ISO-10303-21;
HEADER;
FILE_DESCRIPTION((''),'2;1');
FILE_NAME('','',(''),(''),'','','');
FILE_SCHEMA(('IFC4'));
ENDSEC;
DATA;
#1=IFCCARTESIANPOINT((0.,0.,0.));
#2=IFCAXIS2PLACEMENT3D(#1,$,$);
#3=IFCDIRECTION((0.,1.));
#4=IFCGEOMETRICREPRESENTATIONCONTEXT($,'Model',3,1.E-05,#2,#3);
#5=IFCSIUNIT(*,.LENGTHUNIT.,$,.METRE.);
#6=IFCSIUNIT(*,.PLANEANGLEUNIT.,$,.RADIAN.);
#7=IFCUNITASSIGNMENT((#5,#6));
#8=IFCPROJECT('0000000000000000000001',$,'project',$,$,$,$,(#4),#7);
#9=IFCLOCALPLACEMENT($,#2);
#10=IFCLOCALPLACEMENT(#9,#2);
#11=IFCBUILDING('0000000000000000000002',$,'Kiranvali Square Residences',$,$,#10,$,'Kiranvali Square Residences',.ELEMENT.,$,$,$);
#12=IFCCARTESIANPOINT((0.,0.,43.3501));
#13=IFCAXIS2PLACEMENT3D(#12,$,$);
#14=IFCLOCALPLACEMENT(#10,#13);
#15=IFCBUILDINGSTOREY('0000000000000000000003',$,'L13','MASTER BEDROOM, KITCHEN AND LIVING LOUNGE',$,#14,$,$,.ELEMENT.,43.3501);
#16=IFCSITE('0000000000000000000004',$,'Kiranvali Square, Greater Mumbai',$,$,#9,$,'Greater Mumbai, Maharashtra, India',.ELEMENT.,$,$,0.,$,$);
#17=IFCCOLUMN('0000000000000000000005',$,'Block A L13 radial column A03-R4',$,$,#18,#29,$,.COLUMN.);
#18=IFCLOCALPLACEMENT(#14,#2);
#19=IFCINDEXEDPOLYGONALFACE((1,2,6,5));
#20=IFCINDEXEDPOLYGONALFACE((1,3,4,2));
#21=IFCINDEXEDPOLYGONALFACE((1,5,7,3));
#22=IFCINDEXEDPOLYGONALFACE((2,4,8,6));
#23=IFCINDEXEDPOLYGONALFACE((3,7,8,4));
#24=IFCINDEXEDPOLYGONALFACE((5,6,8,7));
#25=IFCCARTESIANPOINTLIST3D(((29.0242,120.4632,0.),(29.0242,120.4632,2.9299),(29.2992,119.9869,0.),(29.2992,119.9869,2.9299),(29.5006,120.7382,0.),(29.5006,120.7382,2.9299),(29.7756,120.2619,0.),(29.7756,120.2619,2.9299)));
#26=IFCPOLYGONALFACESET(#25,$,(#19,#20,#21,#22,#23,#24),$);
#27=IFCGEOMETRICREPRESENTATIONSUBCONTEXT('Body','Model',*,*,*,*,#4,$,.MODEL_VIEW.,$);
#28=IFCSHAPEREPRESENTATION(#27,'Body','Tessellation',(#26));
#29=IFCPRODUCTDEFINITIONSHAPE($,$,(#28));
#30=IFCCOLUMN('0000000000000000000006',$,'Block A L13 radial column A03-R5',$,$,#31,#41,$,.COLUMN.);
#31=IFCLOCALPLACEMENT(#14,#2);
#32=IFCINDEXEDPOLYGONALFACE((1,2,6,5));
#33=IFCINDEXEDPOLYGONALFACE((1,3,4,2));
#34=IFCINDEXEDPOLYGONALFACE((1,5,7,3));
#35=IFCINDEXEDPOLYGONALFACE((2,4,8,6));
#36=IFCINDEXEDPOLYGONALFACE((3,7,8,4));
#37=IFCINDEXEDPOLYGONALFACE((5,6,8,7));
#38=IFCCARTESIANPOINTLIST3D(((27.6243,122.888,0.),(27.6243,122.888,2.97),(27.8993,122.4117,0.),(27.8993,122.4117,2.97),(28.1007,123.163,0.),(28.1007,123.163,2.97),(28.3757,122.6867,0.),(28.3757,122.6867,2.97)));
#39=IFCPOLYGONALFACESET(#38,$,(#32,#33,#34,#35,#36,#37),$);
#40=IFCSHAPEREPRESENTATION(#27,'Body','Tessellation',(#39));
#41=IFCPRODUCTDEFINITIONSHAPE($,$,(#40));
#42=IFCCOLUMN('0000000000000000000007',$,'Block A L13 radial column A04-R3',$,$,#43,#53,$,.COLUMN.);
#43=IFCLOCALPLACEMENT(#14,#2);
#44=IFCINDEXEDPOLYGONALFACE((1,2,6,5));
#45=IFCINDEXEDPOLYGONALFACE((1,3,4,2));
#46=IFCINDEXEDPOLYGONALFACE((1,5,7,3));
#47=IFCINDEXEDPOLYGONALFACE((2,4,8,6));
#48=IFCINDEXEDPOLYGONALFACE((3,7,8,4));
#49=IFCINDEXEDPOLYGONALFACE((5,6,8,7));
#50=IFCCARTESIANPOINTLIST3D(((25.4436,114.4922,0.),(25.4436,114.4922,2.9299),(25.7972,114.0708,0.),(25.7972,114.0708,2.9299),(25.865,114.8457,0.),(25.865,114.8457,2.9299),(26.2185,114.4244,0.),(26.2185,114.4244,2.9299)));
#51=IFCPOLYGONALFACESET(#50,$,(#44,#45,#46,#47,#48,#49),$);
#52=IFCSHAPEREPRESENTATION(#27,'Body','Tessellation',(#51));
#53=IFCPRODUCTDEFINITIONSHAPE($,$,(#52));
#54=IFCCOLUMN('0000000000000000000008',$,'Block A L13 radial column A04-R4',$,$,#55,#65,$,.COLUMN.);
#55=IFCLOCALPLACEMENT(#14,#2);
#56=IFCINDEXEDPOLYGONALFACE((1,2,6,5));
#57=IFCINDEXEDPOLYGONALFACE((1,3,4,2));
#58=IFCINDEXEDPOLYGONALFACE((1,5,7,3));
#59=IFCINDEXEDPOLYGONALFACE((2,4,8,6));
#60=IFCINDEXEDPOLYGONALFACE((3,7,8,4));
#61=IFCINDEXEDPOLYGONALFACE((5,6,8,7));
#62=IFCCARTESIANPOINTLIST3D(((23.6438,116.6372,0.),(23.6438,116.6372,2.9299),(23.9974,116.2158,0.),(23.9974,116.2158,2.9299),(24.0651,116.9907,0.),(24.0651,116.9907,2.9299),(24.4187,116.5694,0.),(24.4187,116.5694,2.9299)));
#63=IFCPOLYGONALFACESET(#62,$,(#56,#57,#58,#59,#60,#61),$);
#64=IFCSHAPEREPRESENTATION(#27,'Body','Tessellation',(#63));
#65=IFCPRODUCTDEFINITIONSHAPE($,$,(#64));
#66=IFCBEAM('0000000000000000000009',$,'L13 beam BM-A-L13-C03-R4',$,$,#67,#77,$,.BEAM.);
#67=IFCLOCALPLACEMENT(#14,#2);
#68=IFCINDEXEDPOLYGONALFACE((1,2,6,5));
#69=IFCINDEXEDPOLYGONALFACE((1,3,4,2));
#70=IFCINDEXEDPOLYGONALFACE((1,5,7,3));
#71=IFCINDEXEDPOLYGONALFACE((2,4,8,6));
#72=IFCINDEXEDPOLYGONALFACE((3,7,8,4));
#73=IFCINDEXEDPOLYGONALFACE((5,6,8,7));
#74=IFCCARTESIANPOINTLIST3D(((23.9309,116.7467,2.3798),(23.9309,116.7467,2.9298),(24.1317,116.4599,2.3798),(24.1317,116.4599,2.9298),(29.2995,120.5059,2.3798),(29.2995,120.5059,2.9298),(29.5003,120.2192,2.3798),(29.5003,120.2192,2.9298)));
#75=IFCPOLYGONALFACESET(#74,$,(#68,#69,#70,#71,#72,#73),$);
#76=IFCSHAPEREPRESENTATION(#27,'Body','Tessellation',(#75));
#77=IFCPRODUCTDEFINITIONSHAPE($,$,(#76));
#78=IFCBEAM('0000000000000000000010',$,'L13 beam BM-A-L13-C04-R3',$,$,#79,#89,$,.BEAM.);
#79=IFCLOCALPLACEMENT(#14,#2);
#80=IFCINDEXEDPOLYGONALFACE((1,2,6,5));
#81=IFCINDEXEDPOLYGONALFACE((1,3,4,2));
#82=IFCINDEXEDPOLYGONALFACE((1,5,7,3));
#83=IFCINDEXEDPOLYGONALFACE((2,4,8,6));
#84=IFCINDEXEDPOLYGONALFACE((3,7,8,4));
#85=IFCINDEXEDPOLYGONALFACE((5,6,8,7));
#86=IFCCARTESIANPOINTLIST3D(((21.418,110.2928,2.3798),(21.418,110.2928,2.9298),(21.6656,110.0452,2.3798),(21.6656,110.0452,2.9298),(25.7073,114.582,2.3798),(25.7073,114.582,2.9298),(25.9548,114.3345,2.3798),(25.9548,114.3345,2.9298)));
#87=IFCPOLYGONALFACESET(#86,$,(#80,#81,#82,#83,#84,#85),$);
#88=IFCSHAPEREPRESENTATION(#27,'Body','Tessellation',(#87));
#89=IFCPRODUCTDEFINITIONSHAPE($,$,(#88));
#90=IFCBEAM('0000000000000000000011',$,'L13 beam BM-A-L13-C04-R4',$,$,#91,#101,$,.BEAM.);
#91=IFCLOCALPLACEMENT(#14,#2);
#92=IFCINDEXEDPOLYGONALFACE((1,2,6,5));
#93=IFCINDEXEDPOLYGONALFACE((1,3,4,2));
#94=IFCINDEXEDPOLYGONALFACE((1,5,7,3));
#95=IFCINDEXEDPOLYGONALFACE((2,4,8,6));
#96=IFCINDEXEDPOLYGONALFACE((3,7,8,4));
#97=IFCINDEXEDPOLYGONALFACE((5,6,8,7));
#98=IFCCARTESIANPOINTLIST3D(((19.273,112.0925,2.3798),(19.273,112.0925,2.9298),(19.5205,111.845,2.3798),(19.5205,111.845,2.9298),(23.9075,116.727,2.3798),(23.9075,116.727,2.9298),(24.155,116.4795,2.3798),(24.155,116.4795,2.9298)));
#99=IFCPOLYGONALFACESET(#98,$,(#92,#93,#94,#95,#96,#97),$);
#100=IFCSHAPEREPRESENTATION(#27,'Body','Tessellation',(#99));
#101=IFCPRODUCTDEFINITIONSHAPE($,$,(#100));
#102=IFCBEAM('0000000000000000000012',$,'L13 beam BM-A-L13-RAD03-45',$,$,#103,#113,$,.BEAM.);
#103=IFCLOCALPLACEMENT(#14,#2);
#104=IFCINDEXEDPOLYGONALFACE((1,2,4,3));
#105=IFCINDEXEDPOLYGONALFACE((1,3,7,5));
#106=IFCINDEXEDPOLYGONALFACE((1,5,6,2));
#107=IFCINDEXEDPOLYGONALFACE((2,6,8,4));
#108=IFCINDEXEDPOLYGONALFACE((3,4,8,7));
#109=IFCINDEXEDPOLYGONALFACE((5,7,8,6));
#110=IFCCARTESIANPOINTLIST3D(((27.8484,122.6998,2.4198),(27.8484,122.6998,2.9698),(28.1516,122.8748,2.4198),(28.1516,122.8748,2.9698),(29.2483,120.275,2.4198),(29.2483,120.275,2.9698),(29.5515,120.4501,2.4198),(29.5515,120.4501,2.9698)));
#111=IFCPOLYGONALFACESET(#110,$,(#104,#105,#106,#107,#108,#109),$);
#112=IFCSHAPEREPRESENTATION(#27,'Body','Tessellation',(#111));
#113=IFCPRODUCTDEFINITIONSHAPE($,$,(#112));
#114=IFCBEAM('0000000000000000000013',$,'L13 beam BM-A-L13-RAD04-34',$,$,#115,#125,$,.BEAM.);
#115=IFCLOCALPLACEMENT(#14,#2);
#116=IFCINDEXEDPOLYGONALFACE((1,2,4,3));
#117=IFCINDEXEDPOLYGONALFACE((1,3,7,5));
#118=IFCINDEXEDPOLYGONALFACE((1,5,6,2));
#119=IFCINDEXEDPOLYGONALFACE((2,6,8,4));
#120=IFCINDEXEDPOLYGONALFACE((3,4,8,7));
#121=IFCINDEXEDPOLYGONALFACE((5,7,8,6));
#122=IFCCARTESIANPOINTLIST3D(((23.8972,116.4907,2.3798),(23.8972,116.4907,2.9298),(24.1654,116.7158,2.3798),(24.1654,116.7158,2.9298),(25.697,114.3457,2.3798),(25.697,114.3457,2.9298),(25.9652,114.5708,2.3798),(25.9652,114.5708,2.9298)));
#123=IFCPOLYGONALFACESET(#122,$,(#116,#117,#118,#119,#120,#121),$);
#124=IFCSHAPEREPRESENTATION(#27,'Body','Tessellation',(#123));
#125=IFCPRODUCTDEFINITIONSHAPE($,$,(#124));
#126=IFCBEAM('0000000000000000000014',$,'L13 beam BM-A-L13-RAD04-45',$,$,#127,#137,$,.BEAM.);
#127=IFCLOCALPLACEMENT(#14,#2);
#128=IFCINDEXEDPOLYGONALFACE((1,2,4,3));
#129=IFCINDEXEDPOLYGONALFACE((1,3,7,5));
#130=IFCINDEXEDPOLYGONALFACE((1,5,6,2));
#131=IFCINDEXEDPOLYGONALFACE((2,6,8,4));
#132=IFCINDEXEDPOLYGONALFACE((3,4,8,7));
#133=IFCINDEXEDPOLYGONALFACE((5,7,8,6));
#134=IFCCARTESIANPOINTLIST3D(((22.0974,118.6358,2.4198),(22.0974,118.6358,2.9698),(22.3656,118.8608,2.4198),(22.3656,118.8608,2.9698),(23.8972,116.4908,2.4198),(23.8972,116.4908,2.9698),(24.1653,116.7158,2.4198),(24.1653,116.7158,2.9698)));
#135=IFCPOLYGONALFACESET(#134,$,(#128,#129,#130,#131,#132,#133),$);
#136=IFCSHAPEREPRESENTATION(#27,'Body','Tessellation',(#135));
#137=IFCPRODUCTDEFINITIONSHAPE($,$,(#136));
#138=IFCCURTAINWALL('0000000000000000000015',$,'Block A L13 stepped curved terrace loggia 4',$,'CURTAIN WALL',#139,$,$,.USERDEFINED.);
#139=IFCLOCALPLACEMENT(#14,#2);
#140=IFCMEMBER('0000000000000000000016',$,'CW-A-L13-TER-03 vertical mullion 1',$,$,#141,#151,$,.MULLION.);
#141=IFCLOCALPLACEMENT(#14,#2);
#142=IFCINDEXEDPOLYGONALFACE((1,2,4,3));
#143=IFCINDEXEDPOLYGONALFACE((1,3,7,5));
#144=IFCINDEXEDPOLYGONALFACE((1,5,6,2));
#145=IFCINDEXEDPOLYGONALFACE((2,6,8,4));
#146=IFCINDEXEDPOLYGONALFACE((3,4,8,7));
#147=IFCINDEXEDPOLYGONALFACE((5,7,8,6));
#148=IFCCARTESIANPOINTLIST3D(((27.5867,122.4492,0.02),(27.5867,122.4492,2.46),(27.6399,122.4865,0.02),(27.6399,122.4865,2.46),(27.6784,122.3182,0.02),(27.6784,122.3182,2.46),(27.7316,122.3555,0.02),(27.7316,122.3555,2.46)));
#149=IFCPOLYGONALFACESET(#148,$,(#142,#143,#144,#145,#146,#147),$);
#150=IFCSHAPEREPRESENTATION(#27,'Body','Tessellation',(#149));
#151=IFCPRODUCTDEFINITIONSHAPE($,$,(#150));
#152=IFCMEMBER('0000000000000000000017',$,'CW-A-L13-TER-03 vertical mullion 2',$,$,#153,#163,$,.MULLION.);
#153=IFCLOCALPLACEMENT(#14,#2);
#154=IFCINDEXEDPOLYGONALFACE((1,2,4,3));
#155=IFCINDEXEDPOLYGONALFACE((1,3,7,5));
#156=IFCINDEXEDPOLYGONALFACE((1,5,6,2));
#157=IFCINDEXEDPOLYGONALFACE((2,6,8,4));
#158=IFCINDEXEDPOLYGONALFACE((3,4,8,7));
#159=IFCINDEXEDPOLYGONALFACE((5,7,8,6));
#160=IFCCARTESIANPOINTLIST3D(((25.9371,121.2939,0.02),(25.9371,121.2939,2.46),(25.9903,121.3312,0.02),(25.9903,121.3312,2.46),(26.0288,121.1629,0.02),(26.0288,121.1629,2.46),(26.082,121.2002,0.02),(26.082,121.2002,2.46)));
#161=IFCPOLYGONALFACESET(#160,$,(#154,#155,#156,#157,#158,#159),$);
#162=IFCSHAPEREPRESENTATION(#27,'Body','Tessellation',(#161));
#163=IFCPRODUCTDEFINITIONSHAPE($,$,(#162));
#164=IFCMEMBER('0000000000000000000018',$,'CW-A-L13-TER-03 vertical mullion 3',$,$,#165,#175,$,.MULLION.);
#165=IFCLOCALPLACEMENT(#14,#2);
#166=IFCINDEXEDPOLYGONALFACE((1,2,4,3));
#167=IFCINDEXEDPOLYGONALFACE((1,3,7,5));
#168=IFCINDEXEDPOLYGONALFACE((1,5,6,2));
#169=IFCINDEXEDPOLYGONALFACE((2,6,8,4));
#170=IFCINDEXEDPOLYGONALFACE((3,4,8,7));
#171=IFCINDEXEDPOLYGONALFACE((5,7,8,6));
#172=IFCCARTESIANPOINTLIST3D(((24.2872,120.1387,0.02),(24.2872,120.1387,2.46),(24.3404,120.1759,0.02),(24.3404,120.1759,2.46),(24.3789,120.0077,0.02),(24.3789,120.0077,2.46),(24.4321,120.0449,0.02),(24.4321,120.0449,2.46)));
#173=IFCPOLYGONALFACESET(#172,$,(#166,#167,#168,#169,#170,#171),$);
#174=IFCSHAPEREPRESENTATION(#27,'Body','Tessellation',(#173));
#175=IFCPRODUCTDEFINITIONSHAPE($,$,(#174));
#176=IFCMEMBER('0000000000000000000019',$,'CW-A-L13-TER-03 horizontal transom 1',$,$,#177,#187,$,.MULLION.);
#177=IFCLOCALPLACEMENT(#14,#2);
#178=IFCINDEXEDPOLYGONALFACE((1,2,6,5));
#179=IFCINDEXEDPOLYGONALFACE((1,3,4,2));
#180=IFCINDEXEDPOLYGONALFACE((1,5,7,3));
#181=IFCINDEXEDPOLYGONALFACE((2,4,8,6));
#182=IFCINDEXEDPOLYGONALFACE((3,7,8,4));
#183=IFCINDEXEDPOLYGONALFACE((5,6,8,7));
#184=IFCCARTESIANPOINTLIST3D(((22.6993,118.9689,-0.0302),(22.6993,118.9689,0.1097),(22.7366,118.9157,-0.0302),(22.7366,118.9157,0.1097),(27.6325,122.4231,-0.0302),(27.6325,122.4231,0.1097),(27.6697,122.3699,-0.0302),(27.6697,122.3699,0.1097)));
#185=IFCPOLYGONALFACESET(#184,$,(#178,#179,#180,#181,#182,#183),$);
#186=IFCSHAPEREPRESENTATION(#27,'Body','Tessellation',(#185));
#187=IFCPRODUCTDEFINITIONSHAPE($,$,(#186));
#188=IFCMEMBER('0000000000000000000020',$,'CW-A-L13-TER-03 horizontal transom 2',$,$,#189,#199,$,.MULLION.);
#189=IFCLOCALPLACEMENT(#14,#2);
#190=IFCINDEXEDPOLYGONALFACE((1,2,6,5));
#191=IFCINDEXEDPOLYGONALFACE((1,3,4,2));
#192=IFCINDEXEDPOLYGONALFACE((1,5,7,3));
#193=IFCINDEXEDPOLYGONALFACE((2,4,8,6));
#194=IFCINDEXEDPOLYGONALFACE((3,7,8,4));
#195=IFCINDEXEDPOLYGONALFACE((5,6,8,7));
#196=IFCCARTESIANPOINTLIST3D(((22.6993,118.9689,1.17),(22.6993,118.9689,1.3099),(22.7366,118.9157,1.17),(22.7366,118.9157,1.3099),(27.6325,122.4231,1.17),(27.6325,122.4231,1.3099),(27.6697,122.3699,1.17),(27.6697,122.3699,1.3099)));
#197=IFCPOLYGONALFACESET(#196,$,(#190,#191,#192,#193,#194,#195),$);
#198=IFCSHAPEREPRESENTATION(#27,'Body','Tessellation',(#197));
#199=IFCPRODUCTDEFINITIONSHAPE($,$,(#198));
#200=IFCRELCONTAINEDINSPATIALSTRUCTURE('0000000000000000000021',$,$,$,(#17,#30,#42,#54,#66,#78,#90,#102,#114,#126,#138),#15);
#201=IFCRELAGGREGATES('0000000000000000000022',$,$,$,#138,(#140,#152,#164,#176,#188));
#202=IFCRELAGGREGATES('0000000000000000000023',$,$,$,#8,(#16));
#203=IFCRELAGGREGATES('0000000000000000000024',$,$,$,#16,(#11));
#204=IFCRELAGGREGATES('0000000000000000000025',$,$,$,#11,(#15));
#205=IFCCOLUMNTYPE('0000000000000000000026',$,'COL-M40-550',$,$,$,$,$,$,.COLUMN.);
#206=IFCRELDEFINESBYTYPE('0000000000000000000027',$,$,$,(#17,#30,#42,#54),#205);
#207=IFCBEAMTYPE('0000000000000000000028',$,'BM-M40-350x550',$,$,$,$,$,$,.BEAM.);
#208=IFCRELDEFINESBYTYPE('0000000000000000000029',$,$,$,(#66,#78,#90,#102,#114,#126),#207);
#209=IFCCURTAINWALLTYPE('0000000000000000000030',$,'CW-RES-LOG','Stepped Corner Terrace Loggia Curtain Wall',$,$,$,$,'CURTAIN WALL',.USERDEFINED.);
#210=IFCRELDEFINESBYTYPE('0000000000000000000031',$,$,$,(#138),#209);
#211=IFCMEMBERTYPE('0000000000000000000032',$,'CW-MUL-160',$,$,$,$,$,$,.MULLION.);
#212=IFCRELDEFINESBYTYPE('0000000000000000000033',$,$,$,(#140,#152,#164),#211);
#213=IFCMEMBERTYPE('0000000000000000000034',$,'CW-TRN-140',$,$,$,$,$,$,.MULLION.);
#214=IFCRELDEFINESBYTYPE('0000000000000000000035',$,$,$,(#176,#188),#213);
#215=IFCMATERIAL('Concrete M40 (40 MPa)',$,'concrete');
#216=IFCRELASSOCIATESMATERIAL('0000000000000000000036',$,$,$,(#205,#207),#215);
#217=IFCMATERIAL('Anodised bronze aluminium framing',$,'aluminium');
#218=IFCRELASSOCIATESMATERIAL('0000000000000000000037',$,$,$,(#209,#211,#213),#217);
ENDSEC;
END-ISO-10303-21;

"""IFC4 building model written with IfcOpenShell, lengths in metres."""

from ifc_helpers import new_model, si_unit, direction, frame, origin, origin_2d, place, context, subcontext, project, spatial, rectangle, extrude, material, material_profile, profile_set, type_object, element, aggregate, save


model = new_model("IFC4")

# Units and contexts
model_context = context("Model", 3, precision=1e-05, world=origin(), true_north=direction((0.0, 1.0)))
body_context = subcontext(model_context, "Body", "Model", "MODEL_VIEW")
ifc_project = project(units=[si_unit("LENGTHUNIT", "METRE"), si_unit("PLANEANGLEUNIT", "RADIAN")], contexts=[model_context])

# Site, building, storey
site_placement = place(None, origin())
site = spatial("IfcSite", under=ifc_project, at=site_placement, Name="Kiranvali Square, Greater Mumbai", LongName="Greater Mumbai, Maharashtra, India", CompositionType="ELEMENT", RefElevation=0.0)
building_placement = place(site_placement, origin())
building = spatial("IfcBuilding", under=site, at=building_placement, Name="Kiranvali Square Residences", LongName="Kiranvali Square Residences", CompositionType="ELEMENT")
storey_placement = place(building_placement, frame((0.0, 0.0, 43.3501)))
storey = spatial("IfcBuildingStorey", under=building, at=storey_placement, Name="L13", Description="MASTER BEDROOM, KITCHEN AND LIVING LOUNGE", CompositionType="ELEMENT", Elevation=43.3501)

# Columns
ifc_material_1 = material(Name="Concrete M40 (40 MPa)", Category="concrete")
ifc_material_profile_1 = material_profile(ifc_material_1, rectangle(XDim=0.55, YDim=0.55, at=origin_2d()), Name="RC 550x550")
ifc_profile_set_1 = profile_set([ifc_material_profile_1], Name="Concrete M40 (40 MPa)")
column_type = type_object("IfcColumnType", Name="COL-M40-550", PredefinedType="COLUMN", material=ifc_profile_set_1)
column_1_placement = place(storey_placement, frame((29.3999, 120.3625, 0.0), z_axis=(0.0, 0.0, 1.0), x_axis=(0.866025, 0.5, 0.0)))
element("IfcColumn", 1, at=column_1_placement, inside=storey, type_object=column_type, Name="Block A L13 radial column A03-R4", PredefinedType="COLUMN", context=body_context, shape_type="SweptSolid", body=[
    extrude(rectangle(XDim=0.55, YDim=0.55, at=origin_2d()), origin(), (0.0, 0.0, 1.0), 2.9299),
])
column_2_placement = place(storey_placement, frame((28.0, 122.7874, 0.0), z_axis=(0.0, 0.0, 1.0), x_axis=(0.866025, 0.5, 0.0)))
element("IfcColumn", 2, at=column_2_placement, inside=storey, type_object=column_type, Name="Block A L13 radial column A03-R5", PredefinedType="COLUMN", context=body_context, shape_type="SweptSolid", body=[
    extrude(rectangle(XDim=0.55, YDim=0.55, at=origin_2d()), origin(), (0.0, 0.0, 1.0), 2.97),
])
for number, where, z_axis, x_axis, name in (
    (3, (25.8311, 114.4583, 0.0), (0.0, 0.0, 1.0), (0.766044, 0.642788, 0.0), "Block A L13 radial column A04-R3"),
    (4, (24.0312, 116.6033, 0.0), (0.0, 0.0, 1.0), (0.766044, 0.642788, 0.0), "Block A L13 radial column A04-R4"),
):
    element("IfcColumn", number, at=place(storey_placement, frame(where, z_axis=z_axis, x_axis=x_axis)), inside=storey, type_object=column_type, Name=name, PredefinedType="COLUMN", context=body_context, shape_type="SweptSolid", body=[
        extrude(rectangle(XDim=0.55, YDim=0.55, at=origin_2d()), origin(), (0.0, 0.0, 1.0), 2.9299),
    ])

# Beams
ifc_material_profile_2 = material_profile(ifc_material_1, rectangle(XDim=0.3501, YDim=0.55, at=origin_2d()), Name="RC 350x550")
ifc_profile_set_2 = profile_set([ifc_material_profile_2], Name="Concrete M40 (40 MPa)")
beam_type_1 = type_object("IfcBeamType", Name="BM-M40-350x550", PredefinedType="BEAM", material=ifc_profile_set_2)
beam_1_placement = place(storey_placement, frame((29.3999, 120.3625, 2.6548), z_axis=(-0.819144, -0.573587, 0.0), x_axis=(0.573587, -0.819144, 0.0)))
element("IfcBeam", 5, at=beam_1_placement, inside=storey, type_object=beam_type_1, Name="L13 beam BM-A-L13-C03-R4", PredefinedType="BEAM", context=body_context, shape_type="SweptSolid", body=[
    extrude(rectangle(XDim=0.3501, YDim=0.55, at=origin_2d()), origin(), (0.0, 0.0, 1.0), 6.554),
])
beam_2_placement = place(storey_placement, frame((25.8311, 114.4583, 2.6548), z_axis=(-0.707107, -0.707107, 0.0), x_axis=(0.707107, -0.707107, 0.0)))
element("IfcBeam", 6, at=beam_2_placement, inside=storey, type_object=beam_type_1, Name="L13 beam BM-A-L13-C04-R3", PredefinedType="BEAM", context=body_context, shape_type="SweptSolid", body=[
    extrude(rectangle(XDim=0.3501, YDim=0.55, at=origin_2d()), origin(), (0.0, 0.0, 1.0), 6.0659),
])
beam_3_placement = place(storey_placement, frame((24.0312, 116.6033, 2.6548), z_axis=(-0.707107, -0.707107, 0.0), x_axis=(0.707107, -0.707107, 0.0)))
element("IfcBeam", 7, at=beam_3_placement, inside=storey, type_object=beam_type_1, Name="L13 beam BM-A-L13-C04-R4", PredefinedType="BEAM", context=body_context, shape_type="SweptSolid", body=[
    extrude(rectangle(XDim=0.3501, YDim=0.55, at=origin_2d()), origin(), (0.0, 0.0, 1.0), 6.5542),
])
beam_4_placement = place(storey_placement, frame((29.3999, 120.3625, 2.6948), z_axis=(-0.499984, 0.866035, 0.0), x_axis=(-0.866035, -0.499984, 0.0)))
element("IfcBeam", 8, at=beam_4_placement, inside=storey, type_object=beam_type_1, Name="L13 beam BM-A-L13-RAD03-45", PredefinedType="BEAM", context=body_context, shape_type="SweptSolid", body=[
    extrude(rectangle(XDim=0.3501, YDim=0.55, at=origin_2d()), origin(), (0.0, 0.0, 1.0), 2.7998),
])
for number, where, z_axis, x_axis, name in (
    (9, (25.8311, 114.4583, 2.6548), (-0.642771, 0.766059, 0.0), (-0.766059, -0.642771, 0.0), "L13 beam BM-A-L13-RAD04-34"),
    (10, (24.0312, 116.6033, 2.6948), (-0.642771, 0.766059, 0.0), (-0.766059, -0.642771, 0.0), "L13 beam BM-A-L13-RAD04-45"),
):
    element("IfcBeam", number, at=place(storey_placement, frame(where, z_axis=z_axis, x_axis=x_axis)), inside=storey, type_object=beam_type_1, Name=name, PredefinedType="BEAM", context=body_context, shape_type="SweptSolid", body=[
        extrude(rectangle(XDim=0.3501, YDim=0.55, at=origin_2d()), origin(), (0.0, 0.0, 1.0), 2.8),
    ])

# Curtain wall, members
ifc_material_2 = material(Name="Anodised bronze aluminium framing", Category="aluminium")
curtain_wall_type = type_object("IfcCurtainWallType", Name="CW-RES-LOG", Description="Stepped Corner Terrace Loggia Curtain Wall", ElementType="CURTAIN WALL", PredefinedType="USERDEFINED", material=ifc_material_2)
curtain_wall_placement = place(storey_placement, origin())
curtain_wall = element("IfcCurtainWall", 11, at=curtain_wall_placement, inside=storey, type_object=curtain_wall_type, Name="Block A L13 stepped curved terrace loggia 4", ObjectType="CURTAIN WALL", PredefinedType="USERDEFINED")
ifc_material_profile_3 = material_profile(ifc_material_2, rectangle(XDim=0.0649, YDim=0.1599, at=origin_2d()), Name="ALU 65x160")
ifc_profile_set_3 = profile_set([ifc_material_profile_3], Name="Anodised bronze aluminium framing")
member_type_1 = type_object("IfcMemberType", Name="CW-MUL-160", PredefinedType="MULLION", material=ifc_profile_set_3)
member_1_placement = place(storey_placement, frame((27.6592, 122.4023, 0.02), z_axis=(0.0, 0.0, 1.0), x_axis=(-0.819152, -0.573576, 0.0)))
member_1 = element("IfcMember", 12, at=member_1_placement, type_object=member_type_1, Name="CW-A-L13-TER-03 vertical mullion 1", PredefinedType="MULLION", context=body_context, shape_type="SweptSolid", body=[
    extrude(rectangle(XDim=0.0649, YDim=0.1599, at=origin_2d()), origin(), (0.0, 0.0, 1.0), 2.4399),
])
member_2_placement = place(storey_placement, frame((26.0095, 121.2471, 0.02), z_axis=(0.0, 0.0, 1.0), x_axis=(-0.819152, -0.573576, 0.0)))
member_2 = element("IfcMember", 13, at=member_2_placement, type_object=member_type_1, Name="CW-A-L13-TER-03 vertical mullion 2", PredefinedType="MULLION", context=body_context, shape_type="SweptSolid", body=[
    extrude(rectangle(XDim=0.0649, YDim=0.1599, at=origin_2d()), origin(), (0.0, 0.0, 1.0), 2.4399),
])
member_3_placement = place(storey_placement, frame((24.3596, 120.0918, 0.02), z_axis=(0.0, 0.0, 1.0), x_axis=(-0.819152, -0.573576, 0.0)))
member_3 = element("IfcMember", 14, at=member_3_placement, type_object=member_type_1, Name="CW-A-L13-TER-03 vertical mullion 3", PredefinedType="MULLION", context=body_context, shape_type="SweptSolid", body=[
    extrude(rectangle(XDim=0.0649, YDim=0.1599, at=origin_2d()), origin(), (0.0, 0.0, 1.0), 2.4399),
])
ifc_material_profile_4 = material_profile(ifc_material_2, rectangle(XDim=0.0649, YDim=0.1399, at=origin_2d()), Name="ALU 65x140")
ifc_profile_set_4 = profile_set([ifc_material_profile_4], Name="Anodised bronze aluminium framing")
member_type_2 = type_object("IfcMemberType", Name="CW-TRN-140", PredefinedType="MULLION", material=ifc_profile_set_4)
member_4_placement = place(storey_placement, frame((27.6511, 122.3965, 0.0398), z_axis=(-0.81916, -0.573566, 0.0), x_axis=(0.573566, -0.81916, 0.0)))
member_4 = element("IfcMember", 15, at=member_4_placement, type_object=member_type_2, Name="CW-A-L13-TER-03 horizontal transom 1", PredefinedType="MULLION", context=body_context, shape_type="SweptSolid", body=[
    extrude(rectangle(XDim=0.0649, YDim=0.1399, at=origin_2d()), origin(), (0.0, 0.0, 1.0), 6.0222),
])
member_5_placement = place(storey_placement, frame((27.6511, 122.3965, 1.24), z_axis=(-0.81916, -0.573566, 0.0), x_axis=(0.573566, -0.81916, 0.0)))
member_5 = element("IfcMember", 16, at=member_5_placement, type_object=member_type_2, Name="CW-A-L13-TER-03 horizontal transom 2", PredefinedType="MULLION", context=body_context, shape_type="SweptSolid", body=[
    extrude(rectangle(XDim=0.0649, YDim=0.1399, at=origin_2d()), origin(), (0.0, 0.0, 1.0), 6.0222),
])

aggregate(curtain_wall, [member_1, member_2, member_3, member_4, member_5])

save(model, "model.ifc")
